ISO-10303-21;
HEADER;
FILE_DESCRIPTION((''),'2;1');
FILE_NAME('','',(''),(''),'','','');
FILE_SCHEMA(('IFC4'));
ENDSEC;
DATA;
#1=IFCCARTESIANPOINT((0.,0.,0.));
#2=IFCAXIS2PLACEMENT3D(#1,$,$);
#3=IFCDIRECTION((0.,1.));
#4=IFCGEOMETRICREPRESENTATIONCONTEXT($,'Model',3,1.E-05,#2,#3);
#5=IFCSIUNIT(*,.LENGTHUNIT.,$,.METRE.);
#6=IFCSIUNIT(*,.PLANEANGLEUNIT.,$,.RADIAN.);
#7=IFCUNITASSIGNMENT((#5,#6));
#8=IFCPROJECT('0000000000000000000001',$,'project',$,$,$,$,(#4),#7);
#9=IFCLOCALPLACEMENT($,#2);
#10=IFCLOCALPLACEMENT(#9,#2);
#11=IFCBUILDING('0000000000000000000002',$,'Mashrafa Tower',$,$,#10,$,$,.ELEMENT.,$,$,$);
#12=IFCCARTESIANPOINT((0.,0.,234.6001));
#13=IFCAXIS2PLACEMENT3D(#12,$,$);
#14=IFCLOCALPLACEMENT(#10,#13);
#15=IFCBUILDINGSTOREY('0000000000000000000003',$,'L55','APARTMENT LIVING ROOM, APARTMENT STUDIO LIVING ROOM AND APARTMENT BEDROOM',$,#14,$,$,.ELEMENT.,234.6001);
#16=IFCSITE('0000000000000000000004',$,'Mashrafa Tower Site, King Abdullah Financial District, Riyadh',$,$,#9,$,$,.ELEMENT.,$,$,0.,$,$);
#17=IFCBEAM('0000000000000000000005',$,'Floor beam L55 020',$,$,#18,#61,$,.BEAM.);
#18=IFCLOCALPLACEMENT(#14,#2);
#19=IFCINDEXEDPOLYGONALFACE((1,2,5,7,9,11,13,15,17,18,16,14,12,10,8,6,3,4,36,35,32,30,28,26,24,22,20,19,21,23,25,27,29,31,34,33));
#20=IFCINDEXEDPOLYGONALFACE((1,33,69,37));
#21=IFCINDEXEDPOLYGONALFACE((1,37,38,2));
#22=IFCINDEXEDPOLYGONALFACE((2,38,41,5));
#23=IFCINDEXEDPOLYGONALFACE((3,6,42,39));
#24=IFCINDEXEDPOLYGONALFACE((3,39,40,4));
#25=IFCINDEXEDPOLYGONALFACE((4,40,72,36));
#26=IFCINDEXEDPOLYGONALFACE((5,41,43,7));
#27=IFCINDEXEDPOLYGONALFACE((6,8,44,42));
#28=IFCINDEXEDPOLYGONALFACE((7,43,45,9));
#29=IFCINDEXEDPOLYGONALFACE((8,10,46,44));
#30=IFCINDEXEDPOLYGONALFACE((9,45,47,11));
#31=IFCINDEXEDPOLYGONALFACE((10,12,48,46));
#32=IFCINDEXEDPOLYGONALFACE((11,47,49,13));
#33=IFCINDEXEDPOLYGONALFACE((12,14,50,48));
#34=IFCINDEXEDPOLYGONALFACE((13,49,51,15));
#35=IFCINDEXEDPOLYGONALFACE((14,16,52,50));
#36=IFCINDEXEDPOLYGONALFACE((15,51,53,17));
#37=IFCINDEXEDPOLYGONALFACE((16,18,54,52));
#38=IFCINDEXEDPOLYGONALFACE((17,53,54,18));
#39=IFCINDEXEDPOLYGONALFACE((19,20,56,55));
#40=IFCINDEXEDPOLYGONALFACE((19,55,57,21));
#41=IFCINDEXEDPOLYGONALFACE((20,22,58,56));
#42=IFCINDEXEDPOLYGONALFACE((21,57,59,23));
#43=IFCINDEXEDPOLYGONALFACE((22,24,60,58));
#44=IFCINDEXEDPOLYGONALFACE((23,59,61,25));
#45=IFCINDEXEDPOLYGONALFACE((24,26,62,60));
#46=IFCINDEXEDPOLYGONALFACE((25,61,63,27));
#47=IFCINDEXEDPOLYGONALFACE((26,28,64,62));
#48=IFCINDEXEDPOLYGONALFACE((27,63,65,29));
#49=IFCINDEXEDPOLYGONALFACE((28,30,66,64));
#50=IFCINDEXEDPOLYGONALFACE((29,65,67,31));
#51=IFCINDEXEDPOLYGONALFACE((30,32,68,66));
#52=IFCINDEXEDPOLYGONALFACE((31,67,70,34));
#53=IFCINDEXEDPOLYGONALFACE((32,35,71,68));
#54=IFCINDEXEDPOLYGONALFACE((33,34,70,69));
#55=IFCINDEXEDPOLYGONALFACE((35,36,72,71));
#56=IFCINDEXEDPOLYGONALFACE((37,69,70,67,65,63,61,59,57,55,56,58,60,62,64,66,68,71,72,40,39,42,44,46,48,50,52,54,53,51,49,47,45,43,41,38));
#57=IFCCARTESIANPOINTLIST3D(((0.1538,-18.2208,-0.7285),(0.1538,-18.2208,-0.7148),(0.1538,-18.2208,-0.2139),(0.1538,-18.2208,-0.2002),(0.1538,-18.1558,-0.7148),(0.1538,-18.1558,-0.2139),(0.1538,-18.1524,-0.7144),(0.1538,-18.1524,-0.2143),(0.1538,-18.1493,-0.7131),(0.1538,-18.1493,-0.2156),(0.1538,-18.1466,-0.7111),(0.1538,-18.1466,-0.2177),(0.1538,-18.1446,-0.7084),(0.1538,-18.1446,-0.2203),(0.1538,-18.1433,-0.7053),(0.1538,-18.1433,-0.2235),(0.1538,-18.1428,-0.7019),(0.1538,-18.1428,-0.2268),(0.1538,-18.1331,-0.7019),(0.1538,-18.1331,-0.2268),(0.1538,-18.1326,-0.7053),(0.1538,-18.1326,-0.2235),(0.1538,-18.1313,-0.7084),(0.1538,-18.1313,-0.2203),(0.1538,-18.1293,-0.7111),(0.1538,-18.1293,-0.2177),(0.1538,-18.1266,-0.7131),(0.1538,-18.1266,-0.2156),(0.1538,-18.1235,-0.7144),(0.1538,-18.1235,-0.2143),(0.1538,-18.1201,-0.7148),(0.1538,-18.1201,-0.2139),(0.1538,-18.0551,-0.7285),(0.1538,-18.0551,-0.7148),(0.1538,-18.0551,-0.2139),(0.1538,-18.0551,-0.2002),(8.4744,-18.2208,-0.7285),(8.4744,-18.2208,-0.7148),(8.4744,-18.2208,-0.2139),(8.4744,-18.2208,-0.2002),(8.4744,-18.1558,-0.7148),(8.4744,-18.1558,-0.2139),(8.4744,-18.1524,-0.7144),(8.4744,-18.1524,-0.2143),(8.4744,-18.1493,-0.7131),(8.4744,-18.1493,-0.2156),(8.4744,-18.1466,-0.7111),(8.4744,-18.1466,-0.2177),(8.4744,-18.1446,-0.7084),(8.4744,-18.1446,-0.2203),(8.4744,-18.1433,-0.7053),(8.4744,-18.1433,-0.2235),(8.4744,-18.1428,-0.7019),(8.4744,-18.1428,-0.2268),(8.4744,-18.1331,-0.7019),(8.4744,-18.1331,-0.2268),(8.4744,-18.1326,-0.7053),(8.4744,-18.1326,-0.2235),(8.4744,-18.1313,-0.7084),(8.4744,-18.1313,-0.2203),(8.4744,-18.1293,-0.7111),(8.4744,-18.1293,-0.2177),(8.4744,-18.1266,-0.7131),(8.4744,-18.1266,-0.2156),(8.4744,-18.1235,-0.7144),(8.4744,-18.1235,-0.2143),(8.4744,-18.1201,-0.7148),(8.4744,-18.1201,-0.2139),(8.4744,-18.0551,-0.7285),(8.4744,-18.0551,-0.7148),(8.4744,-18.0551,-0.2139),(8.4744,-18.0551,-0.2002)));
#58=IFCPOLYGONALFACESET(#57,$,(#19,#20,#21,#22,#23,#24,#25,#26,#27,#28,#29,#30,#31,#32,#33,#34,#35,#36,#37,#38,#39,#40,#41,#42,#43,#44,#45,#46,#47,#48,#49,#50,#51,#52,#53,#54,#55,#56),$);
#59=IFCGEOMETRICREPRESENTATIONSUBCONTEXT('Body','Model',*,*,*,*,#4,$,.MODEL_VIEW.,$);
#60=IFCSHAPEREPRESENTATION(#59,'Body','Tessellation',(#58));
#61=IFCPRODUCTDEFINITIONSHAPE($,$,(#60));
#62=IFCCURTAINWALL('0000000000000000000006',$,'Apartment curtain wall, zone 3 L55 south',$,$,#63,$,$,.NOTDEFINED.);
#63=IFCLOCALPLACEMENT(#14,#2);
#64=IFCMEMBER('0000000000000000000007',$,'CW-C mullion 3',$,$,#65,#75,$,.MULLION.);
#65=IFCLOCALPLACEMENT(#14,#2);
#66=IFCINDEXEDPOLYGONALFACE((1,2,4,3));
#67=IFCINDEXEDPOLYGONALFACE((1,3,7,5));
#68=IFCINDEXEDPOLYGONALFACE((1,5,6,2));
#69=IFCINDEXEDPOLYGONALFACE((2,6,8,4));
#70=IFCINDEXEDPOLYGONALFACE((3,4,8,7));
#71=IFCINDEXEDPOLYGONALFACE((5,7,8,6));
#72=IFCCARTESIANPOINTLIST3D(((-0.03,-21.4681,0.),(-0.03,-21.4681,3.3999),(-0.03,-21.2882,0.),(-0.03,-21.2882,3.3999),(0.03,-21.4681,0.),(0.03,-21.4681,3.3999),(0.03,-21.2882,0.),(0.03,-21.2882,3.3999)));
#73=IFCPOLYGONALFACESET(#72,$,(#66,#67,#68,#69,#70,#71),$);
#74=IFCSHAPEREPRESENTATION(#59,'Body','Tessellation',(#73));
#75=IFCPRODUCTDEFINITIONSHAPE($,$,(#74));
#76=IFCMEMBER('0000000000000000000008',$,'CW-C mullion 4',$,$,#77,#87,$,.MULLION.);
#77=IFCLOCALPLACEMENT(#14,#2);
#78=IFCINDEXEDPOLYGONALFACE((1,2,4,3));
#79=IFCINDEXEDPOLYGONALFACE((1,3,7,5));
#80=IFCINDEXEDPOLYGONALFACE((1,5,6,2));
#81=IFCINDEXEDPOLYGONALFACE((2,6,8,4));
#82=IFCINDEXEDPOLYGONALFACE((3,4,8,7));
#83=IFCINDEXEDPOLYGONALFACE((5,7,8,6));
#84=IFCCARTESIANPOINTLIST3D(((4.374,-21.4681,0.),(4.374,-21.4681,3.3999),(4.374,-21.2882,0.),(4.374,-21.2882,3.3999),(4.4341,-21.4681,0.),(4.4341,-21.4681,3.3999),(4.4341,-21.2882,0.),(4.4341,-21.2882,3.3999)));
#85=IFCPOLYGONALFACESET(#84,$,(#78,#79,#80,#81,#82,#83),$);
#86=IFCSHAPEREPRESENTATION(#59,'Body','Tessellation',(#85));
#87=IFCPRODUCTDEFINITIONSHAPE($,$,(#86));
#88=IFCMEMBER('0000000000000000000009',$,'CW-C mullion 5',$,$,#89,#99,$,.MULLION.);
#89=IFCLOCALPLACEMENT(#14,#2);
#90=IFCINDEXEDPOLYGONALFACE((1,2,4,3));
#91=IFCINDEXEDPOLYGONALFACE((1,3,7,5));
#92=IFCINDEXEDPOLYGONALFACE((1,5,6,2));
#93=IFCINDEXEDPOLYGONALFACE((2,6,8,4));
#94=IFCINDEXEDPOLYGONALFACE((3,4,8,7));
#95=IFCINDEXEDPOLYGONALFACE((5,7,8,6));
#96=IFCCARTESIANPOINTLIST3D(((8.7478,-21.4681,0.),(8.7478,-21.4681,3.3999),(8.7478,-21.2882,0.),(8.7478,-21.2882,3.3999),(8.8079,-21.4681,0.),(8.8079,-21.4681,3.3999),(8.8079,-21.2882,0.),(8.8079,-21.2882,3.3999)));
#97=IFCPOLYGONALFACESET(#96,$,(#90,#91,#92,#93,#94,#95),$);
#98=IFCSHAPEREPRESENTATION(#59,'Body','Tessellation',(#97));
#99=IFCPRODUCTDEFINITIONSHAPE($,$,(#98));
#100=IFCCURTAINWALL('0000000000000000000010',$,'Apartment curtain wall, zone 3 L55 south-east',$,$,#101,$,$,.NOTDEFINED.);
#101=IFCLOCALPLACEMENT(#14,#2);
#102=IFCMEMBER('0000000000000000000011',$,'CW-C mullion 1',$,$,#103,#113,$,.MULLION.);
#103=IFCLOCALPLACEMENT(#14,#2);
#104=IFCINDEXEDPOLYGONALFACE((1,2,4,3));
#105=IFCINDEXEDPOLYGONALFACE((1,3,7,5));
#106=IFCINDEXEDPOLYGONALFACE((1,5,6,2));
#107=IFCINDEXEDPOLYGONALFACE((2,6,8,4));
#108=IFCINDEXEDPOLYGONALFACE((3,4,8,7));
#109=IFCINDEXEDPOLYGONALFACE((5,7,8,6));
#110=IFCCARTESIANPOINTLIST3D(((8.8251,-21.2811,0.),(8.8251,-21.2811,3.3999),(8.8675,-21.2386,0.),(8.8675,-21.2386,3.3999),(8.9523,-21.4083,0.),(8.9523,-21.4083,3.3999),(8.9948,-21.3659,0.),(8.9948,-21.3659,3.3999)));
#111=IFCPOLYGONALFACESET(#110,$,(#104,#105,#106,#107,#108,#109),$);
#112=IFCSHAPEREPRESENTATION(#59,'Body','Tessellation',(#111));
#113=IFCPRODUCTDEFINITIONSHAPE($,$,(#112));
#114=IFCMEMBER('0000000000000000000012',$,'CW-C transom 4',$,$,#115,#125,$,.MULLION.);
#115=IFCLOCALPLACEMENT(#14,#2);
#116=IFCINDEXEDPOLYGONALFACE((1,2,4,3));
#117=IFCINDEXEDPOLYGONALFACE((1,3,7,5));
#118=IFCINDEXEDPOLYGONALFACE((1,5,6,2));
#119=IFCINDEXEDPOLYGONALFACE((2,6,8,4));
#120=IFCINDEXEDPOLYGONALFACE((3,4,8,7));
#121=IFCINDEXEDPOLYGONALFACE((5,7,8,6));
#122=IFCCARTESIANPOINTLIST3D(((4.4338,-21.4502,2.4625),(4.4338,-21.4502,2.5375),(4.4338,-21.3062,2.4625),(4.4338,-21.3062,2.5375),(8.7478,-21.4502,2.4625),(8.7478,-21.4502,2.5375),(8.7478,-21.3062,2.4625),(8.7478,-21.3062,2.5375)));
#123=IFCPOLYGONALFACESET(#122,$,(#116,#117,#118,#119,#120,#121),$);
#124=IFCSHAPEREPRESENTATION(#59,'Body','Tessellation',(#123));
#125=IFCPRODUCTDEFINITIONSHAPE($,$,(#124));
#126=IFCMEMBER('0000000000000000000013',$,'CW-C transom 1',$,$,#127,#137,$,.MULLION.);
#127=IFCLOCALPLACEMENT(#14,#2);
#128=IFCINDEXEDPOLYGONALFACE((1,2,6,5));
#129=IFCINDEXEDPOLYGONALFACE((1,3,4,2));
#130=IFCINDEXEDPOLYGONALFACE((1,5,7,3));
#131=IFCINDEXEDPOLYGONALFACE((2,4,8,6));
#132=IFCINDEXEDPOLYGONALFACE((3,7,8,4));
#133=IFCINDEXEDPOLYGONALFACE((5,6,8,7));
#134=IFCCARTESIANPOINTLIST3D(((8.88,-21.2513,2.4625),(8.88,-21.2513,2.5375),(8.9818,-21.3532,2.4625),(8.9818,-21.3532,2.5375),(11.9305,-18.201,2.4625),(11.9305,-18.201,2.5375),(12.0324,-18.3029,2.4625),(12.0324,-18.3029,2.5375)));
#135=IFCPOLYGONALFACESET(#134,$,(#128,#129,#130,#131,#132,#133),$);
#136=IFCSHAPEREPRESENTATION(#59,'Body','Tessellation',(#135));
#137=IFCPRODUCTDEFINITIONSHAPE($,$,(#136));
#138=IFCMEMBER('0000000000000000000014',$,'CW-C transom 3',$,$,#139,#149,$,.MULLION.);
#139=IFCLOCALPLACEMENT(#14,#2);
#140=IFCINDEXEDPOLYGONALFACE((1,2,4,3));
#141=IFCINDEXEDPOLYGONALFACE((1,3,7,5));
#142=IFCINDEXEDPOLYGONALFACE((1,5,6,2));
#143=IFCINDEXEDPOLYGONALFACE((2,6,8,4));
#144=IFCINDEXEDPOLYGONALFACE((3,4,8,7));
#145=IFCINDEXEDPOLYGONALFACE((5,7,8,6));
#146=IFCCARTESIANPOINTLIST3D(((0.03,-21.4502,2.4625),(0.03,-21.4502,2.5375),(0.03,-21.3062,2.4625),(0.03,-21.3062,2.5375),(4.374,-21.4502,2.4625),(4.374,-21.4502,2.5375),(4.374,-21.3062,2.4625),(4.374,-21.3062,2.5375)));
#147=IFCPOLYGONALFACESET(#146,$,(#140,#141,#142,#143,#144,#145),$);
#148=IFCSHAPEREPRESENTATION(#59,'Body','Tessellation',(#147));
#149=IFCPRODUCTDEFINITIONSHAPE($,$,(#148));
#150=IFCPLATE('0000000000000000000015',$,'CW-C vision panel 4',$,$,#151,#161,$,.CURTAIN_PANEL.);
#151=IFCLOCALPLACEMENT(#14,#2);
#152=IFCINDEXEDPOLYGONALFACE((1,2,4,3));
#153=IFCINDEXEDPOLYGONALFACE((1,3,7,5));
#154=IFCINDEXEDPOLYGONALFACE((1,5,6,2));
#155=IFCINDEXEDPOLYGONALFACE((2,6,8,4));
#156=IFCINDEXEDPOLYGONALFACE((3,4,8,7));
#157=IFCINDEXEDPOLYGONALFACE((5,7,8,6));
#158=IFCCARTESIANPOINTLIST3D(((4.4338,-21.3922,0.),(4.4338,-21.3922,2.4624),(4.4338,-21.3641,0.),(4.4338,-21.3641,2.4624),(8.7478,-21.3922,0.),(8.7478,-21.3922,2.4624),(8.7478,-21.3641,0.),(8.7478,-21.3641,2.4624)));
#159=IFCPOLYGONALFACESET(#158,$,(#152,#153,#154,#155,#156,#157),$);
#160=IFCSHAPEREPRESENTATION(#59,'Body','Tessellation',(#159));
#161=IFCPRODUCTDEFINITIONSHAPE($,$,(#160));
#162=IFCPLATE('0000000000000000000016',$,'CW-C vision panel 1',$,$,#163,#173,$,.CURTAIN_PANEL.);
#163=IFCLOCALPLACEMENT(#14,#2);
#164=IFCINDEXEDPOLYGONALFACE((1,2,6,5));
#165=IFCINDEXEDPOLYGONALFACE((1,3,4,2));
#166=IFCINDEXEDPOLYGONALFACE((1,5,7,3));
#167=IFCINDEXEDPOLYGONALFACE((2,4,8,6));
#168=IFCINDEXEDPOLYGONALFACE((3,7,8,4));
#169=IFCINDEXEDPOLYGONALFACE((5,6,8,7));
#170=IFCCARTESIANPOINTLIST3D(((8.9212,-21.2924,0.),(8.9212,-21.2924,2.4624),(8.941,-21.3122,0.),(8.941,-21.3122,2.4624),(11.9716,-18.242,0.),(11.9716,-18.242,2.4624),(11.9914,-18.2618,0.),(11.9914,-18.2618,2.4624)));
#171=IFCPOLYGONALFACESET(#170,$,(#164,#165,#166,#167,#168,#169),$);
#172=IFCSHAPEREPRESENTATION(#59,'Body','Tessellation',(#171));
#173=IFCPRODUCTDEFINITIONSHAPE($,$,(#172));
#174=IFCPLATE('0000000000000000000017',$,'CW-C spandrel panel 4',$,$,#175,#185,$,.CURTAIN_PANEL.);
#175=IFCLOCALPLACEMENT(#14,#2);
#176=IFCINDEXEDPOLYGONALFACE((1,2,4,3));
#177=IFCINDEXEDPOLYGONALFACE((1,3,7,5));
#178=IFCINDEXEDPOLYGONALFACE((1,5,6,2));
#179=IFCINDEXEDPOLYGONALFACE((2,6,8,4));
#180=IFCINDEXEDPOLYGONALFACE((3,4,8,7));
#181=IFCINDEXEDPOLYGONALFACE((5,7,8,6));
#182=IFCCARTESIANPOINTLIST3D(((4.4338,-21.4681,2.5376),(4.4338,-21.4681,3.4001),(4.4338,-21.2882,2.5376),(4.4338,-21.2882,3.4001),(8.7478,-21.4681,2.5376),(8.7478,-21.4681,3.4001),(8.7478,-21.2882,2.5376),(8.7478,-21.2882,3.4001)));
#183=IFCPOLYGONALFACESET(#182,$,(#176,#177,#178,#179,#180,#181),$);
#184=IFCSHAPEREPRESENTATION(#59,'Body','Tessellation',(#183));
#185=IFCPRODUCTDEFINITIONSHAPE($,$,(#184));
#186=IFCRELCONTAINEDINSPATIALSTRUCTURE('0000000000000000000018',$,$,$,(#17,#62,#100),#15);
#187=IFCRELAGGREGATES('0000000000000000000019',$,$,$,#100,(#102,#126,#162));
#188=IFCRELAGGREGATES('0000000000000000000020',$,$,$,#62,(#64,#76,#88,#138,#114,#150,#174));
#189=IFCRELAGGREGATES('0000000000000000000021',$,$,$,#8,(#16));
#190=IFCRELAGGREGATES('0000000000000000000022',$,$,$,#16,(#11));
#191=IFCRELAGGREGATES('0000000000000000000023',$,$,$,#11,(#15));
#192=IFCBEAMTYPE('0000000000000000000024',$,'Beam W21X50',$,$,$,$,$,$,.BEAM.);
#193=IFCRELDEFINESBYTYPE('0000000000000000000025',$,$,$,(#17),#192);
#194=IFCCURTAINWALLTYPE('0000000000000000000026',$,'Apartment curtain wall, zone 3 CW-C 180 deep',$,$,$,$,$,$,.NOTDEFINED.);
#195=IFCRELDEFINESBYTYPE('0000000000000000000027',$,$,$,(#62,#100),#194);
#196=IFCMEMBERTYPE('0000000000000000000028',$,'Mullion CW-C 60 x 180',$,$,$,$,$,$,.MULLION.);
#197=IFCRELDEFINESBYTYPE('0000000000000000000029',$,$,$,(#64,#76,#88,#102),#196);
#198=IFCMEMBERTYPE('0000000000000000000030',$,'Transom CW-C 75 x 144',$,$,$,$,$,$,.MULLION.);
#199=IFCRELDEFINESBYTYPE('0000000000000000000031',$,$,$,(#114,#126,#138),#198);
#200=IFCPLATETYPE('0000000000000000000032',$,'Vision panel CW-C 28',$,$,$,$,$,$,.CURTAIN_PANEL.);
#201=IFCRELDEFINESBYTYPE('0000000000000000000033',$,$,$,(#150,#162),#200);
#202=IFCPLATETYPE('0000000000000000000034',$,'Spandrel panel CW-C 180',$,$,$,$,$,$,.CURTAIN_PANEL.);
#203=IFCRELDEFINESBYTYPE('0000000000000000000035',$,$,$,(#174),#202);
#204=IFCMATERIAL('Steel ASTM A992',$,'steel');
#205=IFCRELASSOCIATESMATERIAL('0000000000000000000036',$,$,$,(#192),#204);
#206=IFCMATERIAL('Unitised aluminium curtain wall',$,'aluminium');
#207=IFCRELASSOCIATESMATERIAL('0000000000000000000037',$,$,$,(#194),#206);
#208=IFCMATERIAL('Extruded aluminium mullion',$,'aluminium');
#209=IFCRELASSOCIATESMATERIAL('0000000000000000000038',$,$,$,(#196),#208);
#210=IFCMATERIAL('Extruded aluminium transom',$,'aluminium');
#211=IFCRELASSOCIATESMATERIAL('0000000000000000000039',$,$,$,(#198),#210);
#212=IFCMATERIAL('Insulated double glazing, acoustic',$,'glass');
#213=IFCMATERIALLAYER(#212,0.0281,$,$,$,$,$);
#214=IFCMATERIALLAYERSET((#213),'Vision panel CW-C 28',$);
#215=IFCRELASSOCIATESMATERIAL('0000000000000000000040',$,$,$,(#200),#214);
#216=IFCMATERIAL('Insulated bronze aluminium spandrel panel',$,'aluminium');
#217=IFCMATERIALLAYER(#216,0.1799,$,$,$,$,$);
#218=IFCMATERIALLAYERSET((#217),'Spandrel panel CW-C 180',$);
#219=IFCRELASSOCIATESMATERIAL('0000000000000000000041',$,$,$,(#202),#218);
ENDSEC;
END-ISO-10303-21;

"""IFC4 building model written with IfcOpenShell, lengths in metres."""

from ifc_helpers import new_model, si_unit, direction, frame, origin, origin_2d, place, context, subcontext, project, spatial, rectangle, i_section, extrude, source, transform, mapped, material, layer, layer_set, material_profile, profile_set, type_object, type_shapes, element, aggregate, save


model = new_model("IFC4")

# Units and contexts
model_context = context("Model", 3, precision=1e-05, world=origin(), true_north=direction((0.0, 1.0)))
body_context = subcontext(model_context, "Body", "Model", "MODEL_VIEW")
ifc_project = project(units=[si_unit("LENGTHUNIT", "METRE"), si_unit("PLANEANGLEUNIT", "RADIAN")], contexts=[model_context])

# Site, building, storey
site_placement = place(None, origin())
site = spatial("IfcSite", under=ifc_project, at=site_placement, Name="Mashrafa Tower Site, King Abdullah Financial District, Riyadh", CompositionType="ELEMENT", RefElevation=0.0)
building_placement = place(site_placement, origin())
building = spatial("IfcBuilding", under=site, at=building_placement, Name="Mashrafa Tower", CompositionType="ELEMENT")
storey_placement = place(building_placement, frame((0.0, 0.0, 234.6001)))
storey = spatial("IfcBuildingStorey", under=building, at=storey_placement, Name="L55", Description="APARTMENT LIVING ROOM, APARTMENT STUDIO LIVING ROOM AND APARTMENT BEDROOM", CompositionType="ELEMENT", Elevation=234.6001)

# Beam
ifc_material_1 = material(Name="Steel ASTM A992", Category="steel")
ifc_material_profile_1 = material_profile(ifc_material_1, i_section(OverallWidth=0.1658, OverallDepth=0.5283, WebThickness=0.0098, FlangeThickness=0.0137, FilletRadius=0.0129, at=origin_2d()), Name="W21X50")
ifc_profile_set_1 = profile_set([ifc_material_profile_1], Name="Steel ASTM A992")
beam_type_1 = type_object("IfcBeamType", Name="Beam W21X50", PredefinedType="BEAM", material=ifc_profile_set_1)
beam_1_placement = place(storey_placement, frame((8.4744, -18.1379, -0.4644), z_axis=(-1.0, 0.0, 0.0), x_axis=(0.0, -1.0, 0.0)))
element("IfcBeam", 1, at=beam_1_placement, inside=storey, type_object=beam_type_1, Name="Floor beam L55 020", PredefinedType="BEAM", context=body_context, shape_type="SweptSolid", body=[
    extrude(i_section(OverallWidth=0.1658, OverallDepth=0.5283, WebThickness=0.0098, FlangeThickness=0.0137, FilletRadius=0.0129, at=origin_2d()), origin(), (0.0, 0.0, 1.0), 8.3206),
])

# Curtain wall, members
ifc_material_2 = material(Name="Unitised aluminium curtain wall", Category="aluminium")
curtain_wall_type = type_object("IfcCurtainWallType", Name="Apartment curtain wall, zone 3 CW-C 180 deep", PredefinedType="NOTDEFINED", material=ifc_material_2)
curtain_wall_1_placement = place(storey_placement, origin())
curtain_wall_1 = element("IfcCurtainWall", 2, at=curtain_wall_1_placement, inside=storey, type_object=curtain_wall_type, Name="Apartment curtain wall, zone 3 L55 south", PredefinedType="NOTDEFINED")
ifc_material_3 = material(Name="Extruded aluminium mullion", Category="aluminium")
ifc_material_profile_2 = material_profile(ifc_material_3, rectangle(XDim=0.1799, YDim=0.0601, at=origin_2d()), Name="Mullion 60x180")
ifc_profile_set_2 = profile_set([ifc_material_profile_2], Name="Extruded aluminium mullion")
member_type_1 = type_object("IfcMemberType", Name="Mullion CW-C 60 x 180", PredefinedType="MULLION", material=ifc_profile_set_2)
shared_shape_1 = source(origin(), body_context, "Body", "SweptSolid", [
    extrude(rectangle(XDim=0.1799, YDim=0.0601, at=origin_2d()), origin(), (0.0, 0.0, 1.0), 3.3999),
])
type_shapes(member_type_1, [shared_shape_1])
member_1_placement = place(storey_placement, frame((0.0, -21.3782, 0.0), z_axis=(0.0, 0.0, 1.0), x_axis=(0.0, 1.0, 0.0)))
member_1 = element("IfcMember", 3, at=member_1_placement, type_object=member_type_1, Name="CW-C mullion 3", PredefinedType="MULLION", context=body_context, shape_type="MappedRepresentation", body=[
    mapped(shared_shape_1, transform((0.0, 0.0, 0.0))),
])
member_2_placement = place(storey_placement, frame((4.4041, -21.3782, 0.0), z_axis=(0.0, 0.0, 1.0), x_axis=(0.0, 1.0, 0.0)))
member_2 = element("IfcMember", 4, at=member_2_placement, type_object=member_type_1, Name="CW-C mullion 4", PredefinedType="MULLION", context=body_context, shape_type="MappedRepresentation", body=[
    mapped(shared_shape_1, transform((0.0, 0.0, 0.0))),
])
member_3_placement = place(storey_placement, frame((8.7778, -21.3782, 0.0), z_axis=(0.0, 0.0, 1.0), x_axis=(0.0, 1.0, 0.0)))
member_3 = element("IfcMember", 5, at=member_3_placement, type_object=member_type_1, Name="CW-C mullion 5", PredefinedType="MULLION", context=body_context, shape_type="MappedRepresentation", body=[
    mapped(shared_shape_1, transform((0.0, 0.0, 0.0))),
])

# Curtain wall, member
curtain_wall_2_placement = place(storey_placement, origin())
curtain_wall_2 = element("IfcCurtainWall", 6, at=curtain_wall_2_placement, inside=storey, type_object=curtain_wall_type, Name="Apartment curtain wall, zone 3 L55 south-east", PredefinedType="NOTDEFINED")
member_4_placement = place(storey_placement, frame((8.9099, -21.3235, 0.0), z_axis=(0.0, 0.0, 1.0), x_axis=(-0.707107, 0.707107, 0.0)))
member_4 = element("IfcMember", 7, at=member_4_placement, type_object=member_type_1, Name="CW-C mullion 1", PredefinedType="MULLION", context=body_context, shape_type="MappedRepresentation", body=[
    mapped(shared_shape_1, transform((0.0, 0.0, 0.0))),
])

# Members
ifc_material_4 = material(Name="Extruded aluminium transom", Category="aluminium")
ifc_material_profile_3 = material_profile(ifc_material_4, rectangle(XDim=0.144, YDim=0.075, at=origin_2d()), Name="Transom 75x144")
ifc_profile_set_3 = profile_set([ifc_material_profile_3], Name="Extruded aluminium transom")
member_type_2 = type_object("IfcMemberType", Name="Transom CW-C 75 x 144", PredefinedType="MULLION", material=ifc_profile_set_3)
shared_shape_2 = source(origin(), body_context, "Body", "SweptSolid", [
    extrude(rectangle(XDim=0.144, YDim=0.075, at=origin_2d()), origin(), (0.0, 0.0, 1.0), 4.314),
])
member_5_placement = place(storey_placement, frame((4.4338, -21.3782, 2.5), z_axis=(1.0, 0.0, 0.0), x_axis=(0.0, 1.0, 0.0)))
member_5 = element("IfcMember", 8, at=member_5_placement, type_object=member_type_2, Name="CW-C transom 4", PredefinedType="MULLION", context=body_context, shape_type="MappedRepresentation", body=[
    mapped(shared_shape_2, transform((0.0, 0.0, 0.0))),
])
member_6_placement = place(storey_placement, frame((8.9309, -21.3022, 2.5), z_axis=(0.707135, 0.707078, 0.0), x_axis=(-0.707078, 0.707135, 0.0)))
member_6 = element("IfcMember", 9, at=member_6_placement, type_object=member_type_2, Name="CW-C transom 1", PredefinedType="MULLION", context=body_context, shape_type="MappedRepresentation", body=[
    mapped(shared_shape_2, transform((0.0, 0.0, 0.0))),
])
shared_shape_3 = source(origin(), body_context, "Body", "SweptSolid", [
    extrude(rectangle(XDim=0.144, YDim=0.075, at=origin_2d()), origin(), (0.0, 0.0, 1.0), 4.344),
])
type_shapes(member_type_2, [shared_shape_2, shared_shape_3])
member_7_placement = place(storey_placement, frame((0.03, -21.3782, 2.5), z_axis=(1.0, 0.0, 0.0), x_axis=(0.0, 1.0, 0.0)))
member_7 = element("IfcMember", 10, at=member_7_placement, type_object=member_type_2, Name="CW-C transom 3", PredefinedType="MULLION", context=body_context, shape_type="MappedRepresentation", body=[
    mapped(shared_shape_3, transform((0.0, 0.0, 0.0))),
])

# Plates
ifc_material_5 = material(Name="Insulated double glazing, acoustic", Category="glass")
ifc_layer_1 = layer(ifc_material_5, 0.0281)
ifc_layer_set_1 = layer_set([ifc_layer_1], Name="Vision panel CW-C 28")
plate_type_1 = type_object("IfcPlateType", Name="Vision panel CW-C 28", PredefinedType="CURTAIN_PANEL", material=ifc_layer_set_1)
shared_shape_4 = source(origin(), body_context, "Body", "SweptSolid", [
    extrude(rectangle(XDim=4.314, YDim=0.0281, at=origin_2d()), origin(), (0.0, 0.0, 1.0), 2.4624),
])
plate_1_placement = place(storey_placement, frame((6.5908, -21.3782, 0.0), z_axis=(0.0, 0.0, 1.0), x_axis=(1.0, 0.0, 0.0)))
plate_1 = element("IfcPlate", 11, at=plate_1_placement, type_object=plate_type_1, Name="CW-C vision panel 4", PredefinedType="CURTAIN_PANEL", context=body_context, shape_type="MappedRepresentation", body=[
    mapped(shared_shape_4, transform((0.0, 0.0, 0.0))),
])
plate_2_placement = place(storey_placement, frame((10.4563, -19.7771, 0.0), z_axis=(0.0, 0.0, 1.0), x_axis=(0.707107, 0.707107, 0.0)))
plate_2 = element("IfcPlate", 12, at=plate_2_placement, type_object=plate_type_1, Name="CW-C vision panel 1", PredefinedType="CURTAIN_PANEL", context=body_context, shape_type="MappedRepresentation", body=[
    mapped(shared_shape_4, transform((0.0, 0.0, 0.0))),
])
ifc_material_6 = material(Name="Insulated bronze aluminium spandrel panel", Category="aluminium")
ifc_layer_2 = layer(ifc_material_6, 0.1799)
ifc_layer_set_2 = layer_set([ifc_layer_2], Name="Spandrel panel CW-C 180")
plate_type_2 = type_object("IfcPlateType", Name="Spandrel panel CW-C 180", PredefinedType="CURTAIN_PANEL", material=ifc_layer_set_2)
shared_shape_5 = source(origin(), body_context, "Body", "SweptSolid", [
    extrude(rectangle(XDim=4.314, YDim=0.1799, at=origin_2d()), origin(), (0.0, 0.0, 1.0), 0.8625),
])
plate_3_placement = place(storey_placement, frame((6.5908, -21.3782, 2.5376), z_axis=(0.0, 0.0, 1.0), x_axis=(1.0, 0.0, 0.0)))
plate_3 = element("IfcPlate", 13, at=plate_3_placement, type_object=plate_type_2, Name="CW-C spandrel panel 4", PredefinedType="CURTAIN_PANEL", context=body_context, shape_type="MappedRepresentation", body=[
    mapped(shared_shape_5, transform((0.0, 0.0, 0.0))),
])
aggregate(curtain_wall_2, [member_4, member_6, plate_2])
aggregate(curtain_wall_1, [member_1, member_2, member_3, member_7, member_5, plate_1, plate_3])

save(model, "model.ifc")
